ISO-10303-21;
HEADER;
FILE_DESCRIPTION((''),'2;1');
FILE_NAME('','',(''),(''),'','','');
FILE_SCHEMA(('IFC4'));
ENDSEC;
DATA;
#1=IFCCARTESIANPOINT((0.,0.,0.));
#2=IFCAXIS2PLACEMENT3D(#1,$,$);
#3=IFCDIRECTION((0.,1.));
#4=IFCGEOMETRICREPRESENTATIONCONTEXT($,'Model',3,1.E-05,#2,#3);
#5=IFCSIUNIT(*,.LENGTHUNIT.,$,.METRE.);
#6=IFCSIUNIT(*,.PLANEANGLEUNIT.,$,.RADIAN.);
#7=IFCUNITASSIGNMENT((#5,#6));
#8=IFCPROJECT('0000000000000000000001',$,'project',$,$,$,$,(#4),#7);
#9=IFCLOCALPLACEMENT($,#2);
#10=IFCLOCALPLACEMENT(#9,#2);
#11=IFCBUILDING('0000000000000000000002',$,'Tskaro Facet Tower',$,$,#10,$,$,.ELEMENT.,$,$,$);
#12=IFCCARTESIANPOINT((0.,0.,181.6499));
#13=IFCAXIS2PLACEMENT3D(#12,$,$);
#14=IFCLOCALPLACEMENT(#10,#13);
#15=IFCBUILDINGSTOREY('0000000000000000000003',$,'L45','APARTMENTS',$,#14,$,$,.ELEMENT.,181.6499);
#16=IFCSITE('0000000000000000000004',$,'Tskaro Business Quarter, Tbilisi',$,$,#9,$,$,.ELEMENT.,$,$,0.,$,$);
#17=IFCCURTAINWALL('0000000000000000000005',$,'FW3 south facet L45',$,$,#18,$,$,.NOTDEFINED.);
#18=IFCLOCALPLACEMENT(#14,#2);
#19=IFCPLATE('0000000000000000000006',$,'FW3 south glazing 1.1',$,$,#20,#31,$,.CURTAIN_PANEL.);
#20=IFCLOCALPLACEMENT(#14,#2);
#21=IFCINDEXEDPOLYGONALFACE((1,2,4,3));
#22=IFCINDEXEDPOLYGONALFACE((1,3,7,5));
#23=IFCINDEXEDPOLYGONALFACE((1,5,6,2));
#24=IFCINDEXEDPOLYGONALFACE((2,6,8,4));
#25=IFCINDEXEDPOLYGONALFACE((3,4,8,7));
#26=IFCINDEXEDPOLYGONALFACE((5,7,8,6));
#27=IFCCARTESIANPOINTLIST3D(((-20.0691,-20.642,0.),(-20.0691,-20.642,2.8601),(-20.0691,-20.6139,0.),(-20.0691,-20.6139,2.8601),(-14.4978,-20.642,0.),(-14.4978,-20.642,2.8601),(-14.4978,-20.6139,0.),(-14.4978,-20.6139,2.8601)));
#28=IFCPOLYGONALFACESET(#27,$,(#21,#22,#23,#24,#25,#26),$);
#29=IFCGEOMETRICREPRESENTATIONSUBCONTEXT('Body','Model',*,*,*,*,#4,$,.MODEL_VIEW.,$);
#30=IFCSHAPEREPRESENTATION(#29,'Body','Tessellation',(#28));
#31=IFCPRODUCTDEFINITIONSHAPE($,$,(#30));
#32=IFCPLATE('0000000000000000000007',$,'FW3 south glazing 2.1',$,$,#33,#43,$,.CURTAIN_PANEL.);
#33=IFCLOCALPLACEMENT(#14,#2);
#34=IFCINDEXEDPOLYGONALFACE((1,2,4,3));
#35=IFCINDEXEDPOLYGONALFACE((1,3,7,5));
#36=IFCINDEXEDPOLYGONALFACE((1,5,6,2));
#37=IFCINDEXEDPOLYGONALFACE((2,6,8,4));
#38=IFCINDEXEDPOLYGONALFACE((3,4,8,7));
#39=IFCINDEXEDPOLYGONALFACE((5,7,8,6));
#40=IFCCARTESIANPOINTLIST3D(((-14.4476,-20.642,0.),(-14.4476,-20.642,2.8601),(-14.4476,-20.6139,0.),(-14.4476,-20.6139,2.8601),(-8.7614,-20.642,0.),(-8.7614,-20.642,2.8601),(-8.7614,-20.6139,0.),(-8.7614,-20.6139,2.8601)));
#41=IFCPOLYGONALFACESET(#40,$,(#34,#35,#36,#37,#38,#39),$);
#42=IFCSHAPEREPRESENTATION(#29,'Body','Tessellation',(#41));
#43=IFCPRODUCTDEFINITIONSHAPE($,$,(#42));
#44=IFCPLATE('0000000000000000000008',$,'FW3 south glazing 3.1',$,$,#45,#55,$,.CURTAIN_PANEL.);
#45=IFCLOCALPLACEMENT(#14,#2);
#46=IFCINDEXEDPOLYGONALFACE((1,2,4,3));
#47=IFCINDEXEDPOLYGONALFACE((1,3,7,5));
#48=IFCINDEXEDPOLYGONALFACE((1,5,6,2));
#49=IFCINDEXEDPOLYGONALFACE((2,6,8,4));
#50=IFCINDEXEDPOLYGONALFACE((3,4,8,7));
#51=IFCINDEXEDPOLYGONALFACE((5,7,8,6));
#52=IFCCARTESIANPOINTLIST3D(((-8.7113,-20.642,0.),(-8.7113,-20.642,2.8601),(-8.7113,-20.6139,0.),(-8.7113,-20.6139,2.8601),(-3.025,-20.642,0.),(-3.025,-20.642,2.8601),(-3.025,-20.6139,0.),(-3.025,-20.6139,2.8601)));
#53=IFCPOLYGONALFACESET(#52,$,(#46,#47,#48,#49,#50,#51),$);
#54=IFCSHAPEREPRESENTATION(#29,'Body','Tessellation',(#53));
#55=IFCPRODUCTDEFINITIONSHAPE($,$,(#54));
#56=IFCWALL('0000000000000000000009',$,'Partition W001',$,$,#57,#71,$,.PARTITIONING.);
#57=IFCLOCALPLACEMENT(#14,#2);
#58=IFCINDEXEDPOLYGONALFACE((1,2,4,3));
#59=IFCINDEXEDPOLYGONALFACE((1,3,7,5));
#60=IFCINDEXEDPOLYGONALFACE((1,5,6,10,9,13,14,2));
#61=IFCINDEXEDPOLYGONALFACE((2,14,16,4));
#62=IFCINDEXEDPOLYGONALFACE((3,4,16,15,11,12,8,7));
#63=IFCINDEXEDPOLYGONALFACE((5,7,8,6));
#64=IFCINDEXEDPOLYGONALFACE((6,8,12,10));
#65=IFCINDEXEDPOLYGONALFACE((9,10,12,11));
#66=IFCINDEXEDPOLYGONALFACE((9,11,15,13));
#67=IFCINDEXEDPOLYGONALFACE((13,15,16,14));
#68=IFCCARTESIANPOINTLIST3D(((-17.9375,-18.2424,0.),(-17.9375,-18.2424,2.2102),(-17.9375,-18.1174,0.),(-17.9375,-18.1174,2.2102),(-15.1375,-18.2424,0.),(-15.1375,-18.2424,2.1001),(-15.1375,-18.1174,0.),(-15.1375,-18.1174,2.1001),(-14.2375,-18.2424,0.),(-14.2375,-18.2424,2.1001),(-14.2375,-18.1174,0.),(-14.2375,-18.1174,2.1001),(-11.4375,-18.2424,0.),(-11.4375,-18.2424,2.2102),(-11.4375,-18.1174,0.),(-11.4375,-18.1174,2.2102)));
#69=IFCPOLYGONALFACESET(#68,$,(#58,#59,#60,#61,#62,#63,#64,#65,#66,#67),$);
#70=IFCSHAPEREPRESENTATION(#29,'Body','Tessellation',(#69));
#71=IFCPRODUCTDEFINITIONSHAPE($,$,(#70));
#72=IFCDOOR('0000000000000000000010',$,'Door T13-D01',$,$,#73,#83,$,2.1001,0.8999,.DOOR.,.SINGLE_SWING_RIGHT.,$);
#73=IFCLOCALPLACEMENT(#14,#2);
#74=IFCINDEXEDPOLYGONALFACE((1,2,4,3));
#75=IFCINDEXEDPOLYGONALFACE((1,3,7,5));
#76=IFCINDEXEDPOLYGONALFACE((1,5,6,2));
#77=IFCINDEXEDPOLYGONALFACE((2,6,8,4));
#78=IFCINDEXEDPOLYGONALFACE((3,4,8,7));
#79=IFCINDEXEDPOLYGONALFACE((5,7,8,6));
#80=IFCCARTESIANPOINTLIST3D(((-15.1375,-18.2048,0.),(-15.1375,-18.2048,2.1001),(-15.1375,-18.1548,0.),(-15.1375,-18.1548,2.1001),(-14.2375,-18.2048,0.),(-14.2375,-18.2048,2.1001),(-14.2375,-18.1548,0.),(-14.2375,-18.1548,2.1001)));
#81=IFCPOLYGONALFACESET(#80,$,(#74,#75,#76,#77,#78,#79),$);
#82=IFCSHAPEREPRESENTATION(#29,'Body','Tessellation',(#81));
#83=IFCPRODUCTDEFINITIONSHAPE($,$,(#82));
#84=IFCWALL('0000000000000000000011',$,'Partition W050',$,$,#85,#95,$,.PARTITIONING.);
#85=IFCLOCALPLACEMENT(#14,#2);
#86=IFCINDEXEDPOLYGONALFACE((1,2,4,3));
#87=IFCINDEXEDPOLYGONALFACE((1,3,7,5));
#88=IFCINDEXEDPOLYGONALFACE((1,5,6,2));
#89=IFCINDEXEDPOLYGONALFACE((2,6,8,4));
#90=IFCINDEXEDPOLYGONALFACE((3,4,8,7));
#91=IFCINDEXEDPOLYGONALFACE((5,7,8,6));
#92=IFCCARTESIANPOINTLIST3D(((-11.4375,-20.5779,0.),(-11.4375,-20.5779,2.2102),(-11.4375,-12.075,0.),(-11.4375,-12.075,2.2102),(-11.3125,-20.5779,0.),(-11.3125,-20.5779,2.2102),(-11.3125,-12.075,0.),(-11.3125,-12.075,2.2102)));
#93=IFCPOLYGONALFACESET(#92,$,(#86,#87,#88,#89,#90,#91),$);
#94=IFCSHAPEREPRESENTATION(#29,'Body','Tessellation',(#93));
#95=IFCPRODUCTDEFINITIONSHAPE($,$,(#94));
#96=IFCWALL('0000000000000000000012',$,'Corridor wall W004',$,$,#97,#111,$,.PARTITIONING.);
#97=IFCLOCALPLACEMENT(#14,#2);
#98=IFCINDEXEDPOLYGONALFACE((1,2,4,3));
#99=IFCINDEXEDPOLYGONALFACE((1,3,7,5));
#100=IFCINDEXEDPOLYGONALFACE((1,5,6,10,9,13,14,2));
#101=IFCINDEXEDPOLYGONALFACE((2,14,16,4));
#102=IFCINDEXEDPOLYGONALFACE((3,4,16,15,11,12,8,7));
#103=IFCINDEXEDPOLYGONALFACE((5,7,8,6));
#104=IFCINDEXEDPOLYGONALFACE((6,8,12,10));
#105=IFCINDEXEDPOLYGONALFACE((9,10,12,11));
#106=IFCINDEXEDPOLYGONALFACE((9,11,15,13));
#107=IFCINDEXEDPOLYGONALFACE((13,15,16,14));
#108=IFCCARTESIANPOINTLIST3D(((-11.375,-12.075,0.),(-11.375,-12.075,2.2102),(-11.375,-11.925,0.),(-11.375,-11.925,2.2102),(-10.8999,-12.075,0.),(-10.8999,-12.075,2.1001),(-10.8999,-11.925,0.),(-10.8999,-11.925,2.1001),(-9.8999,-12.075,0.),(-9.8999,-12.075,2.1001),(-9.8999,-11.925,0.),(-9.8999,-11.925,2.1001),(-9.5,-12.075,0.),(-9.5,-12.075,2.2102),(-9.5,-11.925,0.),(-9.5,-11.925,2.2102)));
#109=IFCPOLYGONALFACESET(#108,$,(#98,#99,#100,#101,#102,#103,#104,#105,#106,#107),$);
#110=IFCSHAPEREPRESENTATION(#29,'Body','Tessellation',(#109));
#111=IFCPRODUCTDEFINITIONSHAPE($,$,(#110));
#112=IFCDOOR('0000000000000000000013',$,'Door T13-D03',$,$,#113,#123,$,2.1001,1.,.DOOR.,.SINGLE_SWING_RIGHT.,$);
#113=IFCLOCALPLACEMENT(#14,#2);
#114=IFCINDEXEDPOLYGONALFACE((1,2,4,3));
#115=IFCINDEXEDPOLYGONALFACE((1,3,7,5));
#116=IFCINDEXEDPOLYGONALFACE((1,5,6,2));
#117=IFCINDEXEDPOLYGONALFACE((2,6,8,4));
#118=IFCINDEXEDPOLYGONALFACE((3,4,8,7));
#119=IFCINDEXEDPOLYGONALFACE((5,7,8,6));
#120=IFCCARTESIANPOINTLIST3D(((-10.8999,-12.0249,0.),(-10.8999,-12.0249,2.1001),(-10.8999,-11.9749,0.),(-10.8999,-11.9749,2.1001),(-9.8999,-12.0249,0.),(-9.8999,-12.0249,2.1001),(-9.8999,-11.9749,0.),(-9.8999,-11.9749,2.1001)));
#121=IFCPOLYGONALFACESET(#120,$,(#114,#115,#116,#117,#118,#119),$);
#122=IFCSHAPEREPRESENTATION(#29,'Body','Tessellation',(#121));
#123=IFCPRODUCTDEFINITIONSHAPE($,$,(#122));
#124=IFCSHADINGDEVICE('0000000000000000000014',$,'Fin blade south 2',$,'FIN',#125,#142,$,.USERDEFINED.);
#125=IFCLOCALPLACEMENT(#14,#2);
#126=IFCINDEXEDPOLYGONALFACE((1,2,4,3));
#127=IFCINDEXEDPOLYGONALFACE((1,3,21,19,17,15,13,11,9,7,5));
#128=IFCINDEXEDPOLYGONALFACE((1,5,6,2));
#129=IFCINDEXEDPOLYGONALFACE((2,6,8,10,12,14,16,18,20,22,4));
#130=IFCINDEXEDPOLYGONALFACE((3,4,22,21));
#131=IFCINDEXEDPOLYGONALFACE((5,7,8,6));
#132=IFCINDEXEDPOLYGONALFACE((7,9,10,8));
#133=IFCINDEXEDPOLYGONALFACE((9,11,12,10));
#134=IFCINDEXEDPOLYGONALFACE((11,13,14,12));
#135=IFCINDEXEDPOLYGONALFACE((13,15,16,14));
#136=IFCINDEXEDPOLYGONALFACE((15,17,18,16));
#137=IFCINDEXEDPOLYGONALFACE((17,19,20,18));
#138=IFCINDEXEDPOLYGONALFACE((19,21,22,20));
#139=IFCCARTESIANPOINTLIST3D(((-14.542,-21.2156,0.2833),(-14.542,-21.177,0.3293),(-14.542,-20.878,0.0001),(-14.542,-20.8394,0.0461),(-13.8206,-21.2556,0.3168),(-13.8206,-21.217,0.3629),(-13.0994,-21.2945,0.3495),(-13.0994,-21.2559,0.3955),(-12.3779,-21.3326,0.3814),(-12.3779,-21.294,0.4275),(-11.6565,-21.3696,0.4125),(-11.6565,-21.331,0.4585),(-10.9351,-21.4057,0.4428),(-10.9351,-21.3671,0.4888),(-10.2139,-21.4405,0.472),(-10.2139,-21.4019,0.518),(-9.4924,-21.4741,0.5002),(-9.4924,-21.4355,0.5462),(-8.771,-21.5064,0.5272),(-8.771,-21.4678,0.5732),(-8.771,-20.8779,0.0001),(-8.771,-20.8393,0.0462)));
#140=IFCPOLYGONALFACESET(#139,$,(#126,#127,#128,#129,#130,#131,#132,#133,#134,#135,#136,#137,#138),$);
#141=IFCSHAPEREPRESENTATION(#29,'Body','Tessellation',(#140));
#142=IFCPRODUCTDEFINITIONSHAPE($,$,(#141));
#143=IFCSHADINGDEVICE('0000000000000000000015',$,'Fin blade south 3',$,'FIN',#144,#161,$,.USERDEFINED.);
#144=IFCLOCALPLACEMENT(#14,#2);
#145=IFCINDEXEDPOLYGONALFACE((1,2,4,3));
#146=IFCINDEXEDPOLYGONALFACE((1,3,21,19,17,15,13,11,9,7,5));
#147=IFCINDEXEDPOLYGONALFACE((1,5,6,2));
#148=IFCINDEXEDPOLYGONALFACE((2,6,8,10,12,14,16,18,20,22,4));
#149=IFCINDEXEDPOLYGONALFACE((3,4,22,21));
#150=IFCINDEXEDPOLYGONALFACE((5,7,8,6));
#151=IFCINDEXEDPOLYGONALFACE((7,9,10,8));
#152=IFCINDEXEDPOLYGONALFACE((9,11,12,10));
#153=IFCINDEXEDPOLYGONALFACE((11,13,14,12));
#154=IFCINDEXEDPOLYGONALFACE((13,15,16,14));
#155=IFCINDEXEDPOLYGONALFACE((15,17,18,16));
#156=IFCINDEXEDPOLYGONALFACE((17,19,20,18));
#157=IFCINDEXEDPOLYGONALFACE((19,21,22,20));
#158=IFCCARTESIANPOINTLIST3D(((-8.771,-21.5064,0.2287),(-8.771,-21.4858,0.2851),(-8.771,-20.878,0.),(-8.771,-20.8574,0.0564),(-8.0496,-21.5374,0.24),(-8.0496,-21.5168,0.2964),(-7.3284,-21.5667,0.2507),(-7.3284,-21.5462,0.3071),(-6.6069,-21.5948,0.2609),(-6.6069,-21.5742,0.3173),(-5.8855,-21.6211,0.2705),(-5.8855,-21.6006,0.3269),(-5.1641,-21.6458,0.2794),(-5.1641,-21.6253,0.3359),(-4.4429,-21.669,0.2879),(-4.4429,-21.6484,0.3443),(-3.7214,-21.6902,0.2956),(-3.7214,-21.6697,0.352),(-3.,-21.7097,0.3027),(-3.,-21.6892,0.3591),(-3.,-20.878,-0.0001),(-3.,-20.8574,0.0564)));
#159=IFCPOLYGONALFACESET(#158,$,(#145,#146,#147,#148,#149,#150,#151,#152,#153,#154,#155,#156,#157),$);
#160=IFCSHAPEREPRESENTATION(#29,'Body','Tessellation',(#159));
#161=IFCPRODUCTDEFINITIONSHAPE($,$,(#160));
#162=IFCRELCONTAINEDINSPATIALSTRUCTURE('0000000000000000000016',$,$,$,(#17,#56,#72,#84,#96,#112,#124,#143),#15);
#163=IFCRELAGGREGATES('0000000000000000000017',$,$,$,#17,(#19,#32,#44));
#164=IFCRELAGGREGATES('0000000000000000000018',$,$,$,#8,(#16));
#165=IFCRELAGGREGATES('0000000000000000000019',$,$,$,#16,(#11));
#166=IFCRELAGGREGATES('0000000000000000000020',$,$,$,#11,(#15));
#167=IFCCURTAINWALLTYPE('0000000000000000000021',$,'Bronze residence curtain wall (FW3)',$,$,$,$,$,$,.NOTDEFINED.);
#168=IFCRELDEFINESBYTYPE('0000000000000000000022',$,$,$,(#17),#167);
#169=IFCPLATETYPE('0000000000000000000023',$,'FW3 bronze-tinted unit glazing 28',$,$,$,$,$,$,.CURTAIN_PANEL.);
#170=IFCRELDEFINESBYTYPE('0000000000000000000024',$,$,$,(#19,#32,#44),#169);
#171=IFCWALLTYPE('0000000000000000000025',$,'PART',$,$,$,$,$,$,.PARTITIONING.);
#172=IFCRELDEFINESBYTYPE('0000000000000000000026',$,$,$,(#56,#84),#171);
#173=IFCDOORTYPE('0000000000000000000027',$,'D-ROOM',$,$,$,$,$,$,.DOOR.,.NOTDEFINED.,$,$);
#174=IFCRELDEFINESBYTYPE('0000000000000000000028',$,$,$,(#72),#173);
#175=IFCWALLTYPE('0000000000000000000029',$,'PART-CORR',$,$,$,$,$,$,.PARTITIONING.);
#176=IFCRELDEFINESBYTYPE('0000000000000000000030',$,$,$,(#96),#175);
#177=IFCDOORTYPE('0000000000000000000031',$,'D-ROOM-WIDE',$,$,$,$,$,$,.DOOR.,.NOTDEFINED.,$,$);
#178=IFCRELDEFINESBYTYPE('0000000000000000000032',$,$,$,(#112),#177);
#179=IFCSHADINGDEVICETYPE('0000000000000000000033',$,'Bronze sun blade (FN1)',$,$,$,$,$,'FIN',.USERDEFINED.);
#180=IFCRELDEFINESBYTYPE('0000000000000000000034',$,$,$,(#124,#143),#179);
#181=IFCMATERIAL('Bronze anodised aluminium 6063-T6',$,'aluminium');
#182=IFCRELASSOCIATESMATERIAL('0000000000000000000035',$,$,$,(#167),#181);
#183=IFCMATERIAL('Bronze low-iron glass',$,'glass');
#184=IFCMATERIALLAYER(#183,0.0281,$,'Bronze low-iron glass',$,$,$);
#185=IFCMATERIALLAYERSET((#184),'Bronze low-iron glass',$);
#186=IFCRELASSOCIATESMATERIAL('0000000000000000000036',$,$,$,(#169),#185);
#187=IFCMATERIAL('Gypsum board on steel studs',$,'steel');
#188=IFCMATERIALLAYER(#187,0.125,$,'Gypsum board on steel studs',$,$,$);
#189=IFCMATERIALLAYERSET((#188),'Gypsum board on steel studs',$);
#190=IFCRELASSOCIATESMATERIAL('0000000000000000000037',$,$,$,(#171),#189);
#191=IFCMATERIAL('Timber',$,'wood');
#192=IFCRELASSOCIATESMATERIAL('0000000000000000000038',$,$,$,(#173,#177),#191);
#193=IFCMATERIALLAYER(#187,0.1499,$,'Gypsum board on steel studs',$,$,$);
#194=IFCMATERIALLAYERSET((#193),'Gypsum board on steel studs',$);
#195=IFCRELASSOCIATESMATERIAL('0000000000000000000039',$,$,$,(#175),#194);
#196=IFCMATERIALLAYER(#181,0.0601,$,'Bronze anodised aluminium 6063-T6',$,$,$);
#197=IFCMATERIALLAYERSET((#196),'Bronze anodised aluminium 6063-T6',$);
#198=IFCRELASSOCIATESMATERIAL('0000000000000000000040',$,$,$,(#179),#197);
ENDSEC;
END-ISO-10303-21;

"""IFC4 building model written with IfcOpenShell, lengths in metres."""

from ifc_helpers import new_model, si_unit, direction, frame, frame_2d, origin, origin_2d, place, context, subcontext, project, spatial, polyline, rectangle, outline, extrude, material, layer, layer_set, type_object, element, fill, aggregate, save


model = new_model("IFC4")

# Units and contexts
model_context = context("Model", 3, precision=1e-05, world=origin(), true_north=direction((0.0, 1.0)))
body_context = subcontext(model_context, "Body", "Model", "MODEL_VIEW")
ifc_project = project(units=[si_unit("LENGTHUNIT", "METRE"), si_unit("PLANEANGLEUNIT", "RADIAN")], contexts=[model_context])

# Site, building, storey
site_placement = place(None, origin())
site = spatial("IfcSite", under=ifc_project, at=site_placement, Name="Tskaro Business Quarter, Tbilisi", CompositionType="ELEMENT", RefElevation=0.0)
building_placement = place(site_placement, origin())
building = spatial("IfcBuilding", under=site, at=building_placement, Name="Tskaro Facet Tower", CompositionType="ELEMENT")
storey_placement = place(building_placement, frame((0.0, 0.0, 181.6499)))
storey = spatial("IfcBuildingStorey", under=building, at=storey_placement, Name="L45", Description="APARTMENTS", CompositionType="ELEMENT", Elevation=181.6499)

# Curtain wall
ifc_material_1 = material(Name="Bronze anodised aluminium 6063-T6", Category="aluminium")
curtain_wall_type = type_object("IfcCurtainWallType", Name="Bronze residence curtain wall (FW3)", PredefinedType="NOTDEFINED", material=ifc_material_1)
curtain_wall_placement = place(storey_placement, origin())
curtain_wall = element("IfcCurtainWall", 1, at=curtain_wall_placement, inside=storey, type_object=curtain_wall_type, Name="FW3 south facet L45", PredefinedType="NOTDEFINED")

# Plates
ifc_material_2 = material(Name="Bronze low-iron glass", Category="glass")
ifc_layer_1 = layer(ifc_material_2, 0.0281, Name="Bronze low-iron glass")
ifc_layer_set_1 = layer_set([ifc_layer_1], Name="Bronze low-iron glass")
plate_type = type_object("IfcPlateType", Name="FW3 bronze-tinted unit glazing 28", PredefinedType="CURTAIN_PANEL", material=ifc_layer_set_1)
plate_1_placement = place(storey_placement, frame((-17.2834, -20.6279, 0.0), z_axis=(0.0, 0.0, 1.0), x_axis=(1.0, 0.0, 0.0)))
plate_1 = element("IfcPlate", 2, at=plate_1_placement, type_object=plate_type, Name="FW3 south glazing 1.1", PredefinedType="CURTAIN_PANEL", context=body_context, shape_type="SweptSolid", body=[
    extrude(rectangle(XDim=5.5713, YDim=0.0281, at=origin_2d()), origin(), (0.0, 0.0, 1.0), 2.8601),
])
plate_2_placement = place(storey_placement, frame((-11.6045, -20.6279, 0.0), z_axis=(0.0, 0.0, 1.0), x_axis=(1.0, 0.0, 0.0)))
plate_2 = element("IfcPlate", 3, at=plate_2_placement, type_object=plate_type, Name="FW3 south glazing 2.1", PredefinedType="CURTAIN_PANEL", context=body_context, shape_type="SweptSolid", body=[
    extrude(rectangle(XDim=5.6863, YDim=0.0281, at=origin_2d()), origin(), (0.0, 0.0, 1.0), 2.8601),
])
plate_3_placement = place(storey_placement, frame((-5.8682, -20.6279, 0.0), z_axis=(0.0, 0.0, 1.0), x_axis=(1.0, 0.0, 0.0)))
plate_3 = element("IfcPlate", 4, at=plate_3_placement, type_object=plate_type, Name="FW3 south glazing 3.1", PredefinedType="CURTAIN_PANEL", context=body_context, shape_type="SweptSolid", body=[
    extrude(rectangle(XDim=5.6863, YDim=0.0281, at=origin_2d()), origin(), (0.0, 0.0, 1.0), 2.8601),
])
aggregate(curtain_wall, [plate_1, plate_2, plate_3])

# Wall, opening, door
ifc_material_3 = material(Name="Gypsum board on steel studs", Category="steel")
ifc_layer_2 = layer(ifc_material_3, 0.125, Name="Gypsum board on steel studs")
ifc_layer_set_2 = layer_set([ifc_layer_2], Name="Gypsum board on steel studs")
wall_type_1 = type_object("IfcWallType", Name="PART", PredefinedType="PARTITIONING", material=ifc_layer_set_2)
wall_1_placement = place(storey_placement, frame((-11.4375, -18.1799, 0.0), z_axis=(0.0, 0.0, 1.0), x_axis=(-1.0, 0.0, 0.0)))
wall_1 = element("IfcWall", 5, at=wall_1_placement, inside=storey, type_object=wall_type_1, Name="Partition W001", PredefinedType="PARTITIONING", context=body_context, shape_type="SweptSolid", body=[
    extrude(rectangle(XDim=6.5, YDim=0.125, at=frame_2d((3.25, 0.0))), origin(), (0.0, 0.0, 1.0), 2.2102),
])
opening_1_placement = place(wall_1_placement, frame((2.8, 0.0, 0.0)))
opening_1 = element("IfcOpeningElement", 6, at=opening_1_placement, cuts=wall_1, PredefinedType="OPENING", context=body_context, shape_type="SweptSolid", body=[
    extrude(rectangle(XDim=0.8999, YDim=2.1001, at=frame_2d((0.45, 1.05))), frame((0.0, 0.0725, 0.0), z_axis=(0.0, -1.0, 0.0), x_axis=(1.0, 0.0, 0.0)), (0.0, 0.0, 1.0), 0.145),
])
ifc_material_4 = material(Name="Timber", Category="wood")
door_type_1 = type_object("IfcDoorType", Name="D-ROOM", OperationType="NOTDEFINED", PredefinedType="DOOR", material=ifc_material_4)
door_1_placement = place(opening_1_placement, origin())
door_1 = element("IfcDoor", 7, at=door_1_placement, inside=storey, type_object=door_type_1, Name="Door T13-D01", OperationType="SINGLE_SWING_RIGHT", OverallHeight=2.1001, OverallWidth=0.8999, PredefinedType="DOOR", context=body_context, shape_type="SweptSolid", body=[
    extrude(rectangle(XDim=0.8999, YDim=2.1001, at=frame_2d((0.45, 1.05))), frame((0.0, 0.0249, 0.0), z_axis=(0.0, -1.0, 0.0), x_axis=(1.0, 0.0, 0.0)), (0.0, 0.0, 1.0), 0.05),
])
fill(opening_1, door_1)

# Wall
wall_2_placement = place(storey_placement, frame((-11.375, -20.5779, 0.0), z_axis=(0.0, 0.0, 1.0), x_axis=(0.0, 1.0, 0.0)))
element("IfcWall", 8, at=wall_2_placement, inside=storey, type_object=wall_type_1, Name="Partition W050", PredefinedType="PARTITIONING", context=body_context, shape_type="SweptSolid", body=[
    extrude(rectangle(XDim=8.5029, YDim=0.125, at=frame_2d((4.2515, 0.0))), origin(), (0.0, 0.0, 1.0), 2.2102),
])

# Wall, opening, door
ifc_layer_3 = layer(ifc_material_3, 0.1499, Name="Gypsum board on steel studs")
ifc_layer_set_3 = layer_set([ifc_layer_3], Name="Gypsum board on steel studs")
wall_type_2 = type_object("IfcWallType", Name="PART-CORR", PredefinedType="PARTITIONING", material=ifc_layer_set_3)
wall_3_placement = place(storey_placement, frame((-9.5, -12.0, 0.0), z_axis=(0.0, 0.0, 1.0), x_axis=(-1.0, 0.0, 0.0)))
wall_3 = element("IfcWall", 9, at=wall_3_placement, inside=storey, type_object=wall_type_2, Name="Corridor wall W004", PredefinedType="PARTITIONING", context=body_context, shape_type="SweptSolid", body=[
    extrude(rectangle(XDim=1.875, YDim=0.1499, at=frame_2d((0.9375, 0.0))), origin(), (0.0, 0.0, 1.0), 2.2102),
])
opening_2_placement = place(wall_3_placement, frame((0.3999, 0.0, 0.0)))
opening_2 = element("IfcOpeningElement", 10, at=opening_2_placement, cuts=wall_3, PredefinedType="OPENING", context=body_context, shape_type="SweptSolid", body=[
    extrude(rectangle(XDim=1.0, YDim=2.1001, at=frame_2d((0.5, 1.05))), frame((0.0, 0.085, 0.0), z_axis=(0.0, -1.0, 0.0), x_axis=(1.0, 0.0, 0.0)), (0.0, 0.0, 1.0), 0.1699),
])
door_type_2 = type_object("IfcDoorType", Name="D-ROOM-WIDE", OperationType="NOTDEFINED", PredefinedType="DOOR", material=ifc_material_4)
door_2_placement = place(opening_2_placement, origin())
door_2 = element("IfcDoor", 11, at=door_2_placement, inside=storey, type_object=door_type_2, Name="Door T13-D03", OperationType="SINGLE_SWING_RIGHT", OverallHeight=2.1001, OverallWidth=1.0, PredefinedType="DOOR", context=body_context, shape_type="SweptSolid", body=[
    extrude(rectangle(XDim=1.0, YDim=2.1001, at=frame_2d((0.5, 1.05))), frame((0.0, 0.0249, 0.0), z_axis=(0.0, -1.0, 0.0), x_axis=(1.0, 0.0, 0.0)), (0.0, 0.0, 1.0), 0.05),
])
fill(opening_2, door_2)

# Shading devices
ifc_layer_4 = layer(ifc_material_1, 0.0601, Name="Bronze anodised aluminium 6063-T6")
ifc_layer_set_4 = layer_set([ifc_layer_4], Name="Bronze anodised aluminium 6063-T6")
shading_device_type = type_object("IfcShadingDeviceType", Name="Bronze sun blade (FN1)", ElementType="FIN", PredefinedType="USERDEFINED", material=ifc_layer_set_4)
shading_device_1_placement = place(storey_placement, frame((-14.542, -20.8394, 0.0461), z_axis=(-0.000002, 0.642616, 0.766188), x_axis=(1.0, 0.000002, 0.000002)))
element("IfcShadingDevice", 12, at=shading_device_1_placement, inside=storey, type_object=shading_device_type, Name="Fin blade south 2", ObjectType="FIN", PredefinedType="USERDEFINED", context=body_context, shape_type="SweptSolid", body=[
    extrude(outline(polyline([(0.0, 0.0), (5.771, 0.0), (5.771, -0.8202), (5.0496, -0.7781), (4.3281, -0.7342), (3.6069, -0.6889), (2.8855, -0.6417), (2.1641, -0.5934), (1.4426, -0.5436), (0.7214, -0.4929), (0.0, -0.4407), (0.0, 0.0)])), origin(), (0.0, 0.0, -1.0), 0.0601),
])
shading_device_2_placement = place(storey_placement, frame((-8.771, -20.8574, 0.0564), z_axis=(0.000005, 0.342047, 0.939683), x_axis=(1.0, -0.000002, -0.000004)))
element("IfcShadingDevice", 13, at=shading_device_2_placement, inside=storey, type_object=shading_device_type, Name="Fin blade south 3", ObjectType="FIN", PredefinedType="USERDEFINED", context=body_context, shape_type="SweptSolid", body=[
    extrude(outline(polyline([(0.0, 0.0), (5.771, 0.0), (5.771, -0.8852), (5.0496, -0.8644), (4.3281, -0.8418), (3.6069, -0.8171), (2.8855, -0.7909), (2.1641, -0.7628), (1.4426, -0.7329), (0.7214, -0.7017), (0.0, -0.6688), (0.0, 0.0)])), origin(), (0.0, 0.0, -1.0), 0.0601),
])

save(model, "model.ifc")
